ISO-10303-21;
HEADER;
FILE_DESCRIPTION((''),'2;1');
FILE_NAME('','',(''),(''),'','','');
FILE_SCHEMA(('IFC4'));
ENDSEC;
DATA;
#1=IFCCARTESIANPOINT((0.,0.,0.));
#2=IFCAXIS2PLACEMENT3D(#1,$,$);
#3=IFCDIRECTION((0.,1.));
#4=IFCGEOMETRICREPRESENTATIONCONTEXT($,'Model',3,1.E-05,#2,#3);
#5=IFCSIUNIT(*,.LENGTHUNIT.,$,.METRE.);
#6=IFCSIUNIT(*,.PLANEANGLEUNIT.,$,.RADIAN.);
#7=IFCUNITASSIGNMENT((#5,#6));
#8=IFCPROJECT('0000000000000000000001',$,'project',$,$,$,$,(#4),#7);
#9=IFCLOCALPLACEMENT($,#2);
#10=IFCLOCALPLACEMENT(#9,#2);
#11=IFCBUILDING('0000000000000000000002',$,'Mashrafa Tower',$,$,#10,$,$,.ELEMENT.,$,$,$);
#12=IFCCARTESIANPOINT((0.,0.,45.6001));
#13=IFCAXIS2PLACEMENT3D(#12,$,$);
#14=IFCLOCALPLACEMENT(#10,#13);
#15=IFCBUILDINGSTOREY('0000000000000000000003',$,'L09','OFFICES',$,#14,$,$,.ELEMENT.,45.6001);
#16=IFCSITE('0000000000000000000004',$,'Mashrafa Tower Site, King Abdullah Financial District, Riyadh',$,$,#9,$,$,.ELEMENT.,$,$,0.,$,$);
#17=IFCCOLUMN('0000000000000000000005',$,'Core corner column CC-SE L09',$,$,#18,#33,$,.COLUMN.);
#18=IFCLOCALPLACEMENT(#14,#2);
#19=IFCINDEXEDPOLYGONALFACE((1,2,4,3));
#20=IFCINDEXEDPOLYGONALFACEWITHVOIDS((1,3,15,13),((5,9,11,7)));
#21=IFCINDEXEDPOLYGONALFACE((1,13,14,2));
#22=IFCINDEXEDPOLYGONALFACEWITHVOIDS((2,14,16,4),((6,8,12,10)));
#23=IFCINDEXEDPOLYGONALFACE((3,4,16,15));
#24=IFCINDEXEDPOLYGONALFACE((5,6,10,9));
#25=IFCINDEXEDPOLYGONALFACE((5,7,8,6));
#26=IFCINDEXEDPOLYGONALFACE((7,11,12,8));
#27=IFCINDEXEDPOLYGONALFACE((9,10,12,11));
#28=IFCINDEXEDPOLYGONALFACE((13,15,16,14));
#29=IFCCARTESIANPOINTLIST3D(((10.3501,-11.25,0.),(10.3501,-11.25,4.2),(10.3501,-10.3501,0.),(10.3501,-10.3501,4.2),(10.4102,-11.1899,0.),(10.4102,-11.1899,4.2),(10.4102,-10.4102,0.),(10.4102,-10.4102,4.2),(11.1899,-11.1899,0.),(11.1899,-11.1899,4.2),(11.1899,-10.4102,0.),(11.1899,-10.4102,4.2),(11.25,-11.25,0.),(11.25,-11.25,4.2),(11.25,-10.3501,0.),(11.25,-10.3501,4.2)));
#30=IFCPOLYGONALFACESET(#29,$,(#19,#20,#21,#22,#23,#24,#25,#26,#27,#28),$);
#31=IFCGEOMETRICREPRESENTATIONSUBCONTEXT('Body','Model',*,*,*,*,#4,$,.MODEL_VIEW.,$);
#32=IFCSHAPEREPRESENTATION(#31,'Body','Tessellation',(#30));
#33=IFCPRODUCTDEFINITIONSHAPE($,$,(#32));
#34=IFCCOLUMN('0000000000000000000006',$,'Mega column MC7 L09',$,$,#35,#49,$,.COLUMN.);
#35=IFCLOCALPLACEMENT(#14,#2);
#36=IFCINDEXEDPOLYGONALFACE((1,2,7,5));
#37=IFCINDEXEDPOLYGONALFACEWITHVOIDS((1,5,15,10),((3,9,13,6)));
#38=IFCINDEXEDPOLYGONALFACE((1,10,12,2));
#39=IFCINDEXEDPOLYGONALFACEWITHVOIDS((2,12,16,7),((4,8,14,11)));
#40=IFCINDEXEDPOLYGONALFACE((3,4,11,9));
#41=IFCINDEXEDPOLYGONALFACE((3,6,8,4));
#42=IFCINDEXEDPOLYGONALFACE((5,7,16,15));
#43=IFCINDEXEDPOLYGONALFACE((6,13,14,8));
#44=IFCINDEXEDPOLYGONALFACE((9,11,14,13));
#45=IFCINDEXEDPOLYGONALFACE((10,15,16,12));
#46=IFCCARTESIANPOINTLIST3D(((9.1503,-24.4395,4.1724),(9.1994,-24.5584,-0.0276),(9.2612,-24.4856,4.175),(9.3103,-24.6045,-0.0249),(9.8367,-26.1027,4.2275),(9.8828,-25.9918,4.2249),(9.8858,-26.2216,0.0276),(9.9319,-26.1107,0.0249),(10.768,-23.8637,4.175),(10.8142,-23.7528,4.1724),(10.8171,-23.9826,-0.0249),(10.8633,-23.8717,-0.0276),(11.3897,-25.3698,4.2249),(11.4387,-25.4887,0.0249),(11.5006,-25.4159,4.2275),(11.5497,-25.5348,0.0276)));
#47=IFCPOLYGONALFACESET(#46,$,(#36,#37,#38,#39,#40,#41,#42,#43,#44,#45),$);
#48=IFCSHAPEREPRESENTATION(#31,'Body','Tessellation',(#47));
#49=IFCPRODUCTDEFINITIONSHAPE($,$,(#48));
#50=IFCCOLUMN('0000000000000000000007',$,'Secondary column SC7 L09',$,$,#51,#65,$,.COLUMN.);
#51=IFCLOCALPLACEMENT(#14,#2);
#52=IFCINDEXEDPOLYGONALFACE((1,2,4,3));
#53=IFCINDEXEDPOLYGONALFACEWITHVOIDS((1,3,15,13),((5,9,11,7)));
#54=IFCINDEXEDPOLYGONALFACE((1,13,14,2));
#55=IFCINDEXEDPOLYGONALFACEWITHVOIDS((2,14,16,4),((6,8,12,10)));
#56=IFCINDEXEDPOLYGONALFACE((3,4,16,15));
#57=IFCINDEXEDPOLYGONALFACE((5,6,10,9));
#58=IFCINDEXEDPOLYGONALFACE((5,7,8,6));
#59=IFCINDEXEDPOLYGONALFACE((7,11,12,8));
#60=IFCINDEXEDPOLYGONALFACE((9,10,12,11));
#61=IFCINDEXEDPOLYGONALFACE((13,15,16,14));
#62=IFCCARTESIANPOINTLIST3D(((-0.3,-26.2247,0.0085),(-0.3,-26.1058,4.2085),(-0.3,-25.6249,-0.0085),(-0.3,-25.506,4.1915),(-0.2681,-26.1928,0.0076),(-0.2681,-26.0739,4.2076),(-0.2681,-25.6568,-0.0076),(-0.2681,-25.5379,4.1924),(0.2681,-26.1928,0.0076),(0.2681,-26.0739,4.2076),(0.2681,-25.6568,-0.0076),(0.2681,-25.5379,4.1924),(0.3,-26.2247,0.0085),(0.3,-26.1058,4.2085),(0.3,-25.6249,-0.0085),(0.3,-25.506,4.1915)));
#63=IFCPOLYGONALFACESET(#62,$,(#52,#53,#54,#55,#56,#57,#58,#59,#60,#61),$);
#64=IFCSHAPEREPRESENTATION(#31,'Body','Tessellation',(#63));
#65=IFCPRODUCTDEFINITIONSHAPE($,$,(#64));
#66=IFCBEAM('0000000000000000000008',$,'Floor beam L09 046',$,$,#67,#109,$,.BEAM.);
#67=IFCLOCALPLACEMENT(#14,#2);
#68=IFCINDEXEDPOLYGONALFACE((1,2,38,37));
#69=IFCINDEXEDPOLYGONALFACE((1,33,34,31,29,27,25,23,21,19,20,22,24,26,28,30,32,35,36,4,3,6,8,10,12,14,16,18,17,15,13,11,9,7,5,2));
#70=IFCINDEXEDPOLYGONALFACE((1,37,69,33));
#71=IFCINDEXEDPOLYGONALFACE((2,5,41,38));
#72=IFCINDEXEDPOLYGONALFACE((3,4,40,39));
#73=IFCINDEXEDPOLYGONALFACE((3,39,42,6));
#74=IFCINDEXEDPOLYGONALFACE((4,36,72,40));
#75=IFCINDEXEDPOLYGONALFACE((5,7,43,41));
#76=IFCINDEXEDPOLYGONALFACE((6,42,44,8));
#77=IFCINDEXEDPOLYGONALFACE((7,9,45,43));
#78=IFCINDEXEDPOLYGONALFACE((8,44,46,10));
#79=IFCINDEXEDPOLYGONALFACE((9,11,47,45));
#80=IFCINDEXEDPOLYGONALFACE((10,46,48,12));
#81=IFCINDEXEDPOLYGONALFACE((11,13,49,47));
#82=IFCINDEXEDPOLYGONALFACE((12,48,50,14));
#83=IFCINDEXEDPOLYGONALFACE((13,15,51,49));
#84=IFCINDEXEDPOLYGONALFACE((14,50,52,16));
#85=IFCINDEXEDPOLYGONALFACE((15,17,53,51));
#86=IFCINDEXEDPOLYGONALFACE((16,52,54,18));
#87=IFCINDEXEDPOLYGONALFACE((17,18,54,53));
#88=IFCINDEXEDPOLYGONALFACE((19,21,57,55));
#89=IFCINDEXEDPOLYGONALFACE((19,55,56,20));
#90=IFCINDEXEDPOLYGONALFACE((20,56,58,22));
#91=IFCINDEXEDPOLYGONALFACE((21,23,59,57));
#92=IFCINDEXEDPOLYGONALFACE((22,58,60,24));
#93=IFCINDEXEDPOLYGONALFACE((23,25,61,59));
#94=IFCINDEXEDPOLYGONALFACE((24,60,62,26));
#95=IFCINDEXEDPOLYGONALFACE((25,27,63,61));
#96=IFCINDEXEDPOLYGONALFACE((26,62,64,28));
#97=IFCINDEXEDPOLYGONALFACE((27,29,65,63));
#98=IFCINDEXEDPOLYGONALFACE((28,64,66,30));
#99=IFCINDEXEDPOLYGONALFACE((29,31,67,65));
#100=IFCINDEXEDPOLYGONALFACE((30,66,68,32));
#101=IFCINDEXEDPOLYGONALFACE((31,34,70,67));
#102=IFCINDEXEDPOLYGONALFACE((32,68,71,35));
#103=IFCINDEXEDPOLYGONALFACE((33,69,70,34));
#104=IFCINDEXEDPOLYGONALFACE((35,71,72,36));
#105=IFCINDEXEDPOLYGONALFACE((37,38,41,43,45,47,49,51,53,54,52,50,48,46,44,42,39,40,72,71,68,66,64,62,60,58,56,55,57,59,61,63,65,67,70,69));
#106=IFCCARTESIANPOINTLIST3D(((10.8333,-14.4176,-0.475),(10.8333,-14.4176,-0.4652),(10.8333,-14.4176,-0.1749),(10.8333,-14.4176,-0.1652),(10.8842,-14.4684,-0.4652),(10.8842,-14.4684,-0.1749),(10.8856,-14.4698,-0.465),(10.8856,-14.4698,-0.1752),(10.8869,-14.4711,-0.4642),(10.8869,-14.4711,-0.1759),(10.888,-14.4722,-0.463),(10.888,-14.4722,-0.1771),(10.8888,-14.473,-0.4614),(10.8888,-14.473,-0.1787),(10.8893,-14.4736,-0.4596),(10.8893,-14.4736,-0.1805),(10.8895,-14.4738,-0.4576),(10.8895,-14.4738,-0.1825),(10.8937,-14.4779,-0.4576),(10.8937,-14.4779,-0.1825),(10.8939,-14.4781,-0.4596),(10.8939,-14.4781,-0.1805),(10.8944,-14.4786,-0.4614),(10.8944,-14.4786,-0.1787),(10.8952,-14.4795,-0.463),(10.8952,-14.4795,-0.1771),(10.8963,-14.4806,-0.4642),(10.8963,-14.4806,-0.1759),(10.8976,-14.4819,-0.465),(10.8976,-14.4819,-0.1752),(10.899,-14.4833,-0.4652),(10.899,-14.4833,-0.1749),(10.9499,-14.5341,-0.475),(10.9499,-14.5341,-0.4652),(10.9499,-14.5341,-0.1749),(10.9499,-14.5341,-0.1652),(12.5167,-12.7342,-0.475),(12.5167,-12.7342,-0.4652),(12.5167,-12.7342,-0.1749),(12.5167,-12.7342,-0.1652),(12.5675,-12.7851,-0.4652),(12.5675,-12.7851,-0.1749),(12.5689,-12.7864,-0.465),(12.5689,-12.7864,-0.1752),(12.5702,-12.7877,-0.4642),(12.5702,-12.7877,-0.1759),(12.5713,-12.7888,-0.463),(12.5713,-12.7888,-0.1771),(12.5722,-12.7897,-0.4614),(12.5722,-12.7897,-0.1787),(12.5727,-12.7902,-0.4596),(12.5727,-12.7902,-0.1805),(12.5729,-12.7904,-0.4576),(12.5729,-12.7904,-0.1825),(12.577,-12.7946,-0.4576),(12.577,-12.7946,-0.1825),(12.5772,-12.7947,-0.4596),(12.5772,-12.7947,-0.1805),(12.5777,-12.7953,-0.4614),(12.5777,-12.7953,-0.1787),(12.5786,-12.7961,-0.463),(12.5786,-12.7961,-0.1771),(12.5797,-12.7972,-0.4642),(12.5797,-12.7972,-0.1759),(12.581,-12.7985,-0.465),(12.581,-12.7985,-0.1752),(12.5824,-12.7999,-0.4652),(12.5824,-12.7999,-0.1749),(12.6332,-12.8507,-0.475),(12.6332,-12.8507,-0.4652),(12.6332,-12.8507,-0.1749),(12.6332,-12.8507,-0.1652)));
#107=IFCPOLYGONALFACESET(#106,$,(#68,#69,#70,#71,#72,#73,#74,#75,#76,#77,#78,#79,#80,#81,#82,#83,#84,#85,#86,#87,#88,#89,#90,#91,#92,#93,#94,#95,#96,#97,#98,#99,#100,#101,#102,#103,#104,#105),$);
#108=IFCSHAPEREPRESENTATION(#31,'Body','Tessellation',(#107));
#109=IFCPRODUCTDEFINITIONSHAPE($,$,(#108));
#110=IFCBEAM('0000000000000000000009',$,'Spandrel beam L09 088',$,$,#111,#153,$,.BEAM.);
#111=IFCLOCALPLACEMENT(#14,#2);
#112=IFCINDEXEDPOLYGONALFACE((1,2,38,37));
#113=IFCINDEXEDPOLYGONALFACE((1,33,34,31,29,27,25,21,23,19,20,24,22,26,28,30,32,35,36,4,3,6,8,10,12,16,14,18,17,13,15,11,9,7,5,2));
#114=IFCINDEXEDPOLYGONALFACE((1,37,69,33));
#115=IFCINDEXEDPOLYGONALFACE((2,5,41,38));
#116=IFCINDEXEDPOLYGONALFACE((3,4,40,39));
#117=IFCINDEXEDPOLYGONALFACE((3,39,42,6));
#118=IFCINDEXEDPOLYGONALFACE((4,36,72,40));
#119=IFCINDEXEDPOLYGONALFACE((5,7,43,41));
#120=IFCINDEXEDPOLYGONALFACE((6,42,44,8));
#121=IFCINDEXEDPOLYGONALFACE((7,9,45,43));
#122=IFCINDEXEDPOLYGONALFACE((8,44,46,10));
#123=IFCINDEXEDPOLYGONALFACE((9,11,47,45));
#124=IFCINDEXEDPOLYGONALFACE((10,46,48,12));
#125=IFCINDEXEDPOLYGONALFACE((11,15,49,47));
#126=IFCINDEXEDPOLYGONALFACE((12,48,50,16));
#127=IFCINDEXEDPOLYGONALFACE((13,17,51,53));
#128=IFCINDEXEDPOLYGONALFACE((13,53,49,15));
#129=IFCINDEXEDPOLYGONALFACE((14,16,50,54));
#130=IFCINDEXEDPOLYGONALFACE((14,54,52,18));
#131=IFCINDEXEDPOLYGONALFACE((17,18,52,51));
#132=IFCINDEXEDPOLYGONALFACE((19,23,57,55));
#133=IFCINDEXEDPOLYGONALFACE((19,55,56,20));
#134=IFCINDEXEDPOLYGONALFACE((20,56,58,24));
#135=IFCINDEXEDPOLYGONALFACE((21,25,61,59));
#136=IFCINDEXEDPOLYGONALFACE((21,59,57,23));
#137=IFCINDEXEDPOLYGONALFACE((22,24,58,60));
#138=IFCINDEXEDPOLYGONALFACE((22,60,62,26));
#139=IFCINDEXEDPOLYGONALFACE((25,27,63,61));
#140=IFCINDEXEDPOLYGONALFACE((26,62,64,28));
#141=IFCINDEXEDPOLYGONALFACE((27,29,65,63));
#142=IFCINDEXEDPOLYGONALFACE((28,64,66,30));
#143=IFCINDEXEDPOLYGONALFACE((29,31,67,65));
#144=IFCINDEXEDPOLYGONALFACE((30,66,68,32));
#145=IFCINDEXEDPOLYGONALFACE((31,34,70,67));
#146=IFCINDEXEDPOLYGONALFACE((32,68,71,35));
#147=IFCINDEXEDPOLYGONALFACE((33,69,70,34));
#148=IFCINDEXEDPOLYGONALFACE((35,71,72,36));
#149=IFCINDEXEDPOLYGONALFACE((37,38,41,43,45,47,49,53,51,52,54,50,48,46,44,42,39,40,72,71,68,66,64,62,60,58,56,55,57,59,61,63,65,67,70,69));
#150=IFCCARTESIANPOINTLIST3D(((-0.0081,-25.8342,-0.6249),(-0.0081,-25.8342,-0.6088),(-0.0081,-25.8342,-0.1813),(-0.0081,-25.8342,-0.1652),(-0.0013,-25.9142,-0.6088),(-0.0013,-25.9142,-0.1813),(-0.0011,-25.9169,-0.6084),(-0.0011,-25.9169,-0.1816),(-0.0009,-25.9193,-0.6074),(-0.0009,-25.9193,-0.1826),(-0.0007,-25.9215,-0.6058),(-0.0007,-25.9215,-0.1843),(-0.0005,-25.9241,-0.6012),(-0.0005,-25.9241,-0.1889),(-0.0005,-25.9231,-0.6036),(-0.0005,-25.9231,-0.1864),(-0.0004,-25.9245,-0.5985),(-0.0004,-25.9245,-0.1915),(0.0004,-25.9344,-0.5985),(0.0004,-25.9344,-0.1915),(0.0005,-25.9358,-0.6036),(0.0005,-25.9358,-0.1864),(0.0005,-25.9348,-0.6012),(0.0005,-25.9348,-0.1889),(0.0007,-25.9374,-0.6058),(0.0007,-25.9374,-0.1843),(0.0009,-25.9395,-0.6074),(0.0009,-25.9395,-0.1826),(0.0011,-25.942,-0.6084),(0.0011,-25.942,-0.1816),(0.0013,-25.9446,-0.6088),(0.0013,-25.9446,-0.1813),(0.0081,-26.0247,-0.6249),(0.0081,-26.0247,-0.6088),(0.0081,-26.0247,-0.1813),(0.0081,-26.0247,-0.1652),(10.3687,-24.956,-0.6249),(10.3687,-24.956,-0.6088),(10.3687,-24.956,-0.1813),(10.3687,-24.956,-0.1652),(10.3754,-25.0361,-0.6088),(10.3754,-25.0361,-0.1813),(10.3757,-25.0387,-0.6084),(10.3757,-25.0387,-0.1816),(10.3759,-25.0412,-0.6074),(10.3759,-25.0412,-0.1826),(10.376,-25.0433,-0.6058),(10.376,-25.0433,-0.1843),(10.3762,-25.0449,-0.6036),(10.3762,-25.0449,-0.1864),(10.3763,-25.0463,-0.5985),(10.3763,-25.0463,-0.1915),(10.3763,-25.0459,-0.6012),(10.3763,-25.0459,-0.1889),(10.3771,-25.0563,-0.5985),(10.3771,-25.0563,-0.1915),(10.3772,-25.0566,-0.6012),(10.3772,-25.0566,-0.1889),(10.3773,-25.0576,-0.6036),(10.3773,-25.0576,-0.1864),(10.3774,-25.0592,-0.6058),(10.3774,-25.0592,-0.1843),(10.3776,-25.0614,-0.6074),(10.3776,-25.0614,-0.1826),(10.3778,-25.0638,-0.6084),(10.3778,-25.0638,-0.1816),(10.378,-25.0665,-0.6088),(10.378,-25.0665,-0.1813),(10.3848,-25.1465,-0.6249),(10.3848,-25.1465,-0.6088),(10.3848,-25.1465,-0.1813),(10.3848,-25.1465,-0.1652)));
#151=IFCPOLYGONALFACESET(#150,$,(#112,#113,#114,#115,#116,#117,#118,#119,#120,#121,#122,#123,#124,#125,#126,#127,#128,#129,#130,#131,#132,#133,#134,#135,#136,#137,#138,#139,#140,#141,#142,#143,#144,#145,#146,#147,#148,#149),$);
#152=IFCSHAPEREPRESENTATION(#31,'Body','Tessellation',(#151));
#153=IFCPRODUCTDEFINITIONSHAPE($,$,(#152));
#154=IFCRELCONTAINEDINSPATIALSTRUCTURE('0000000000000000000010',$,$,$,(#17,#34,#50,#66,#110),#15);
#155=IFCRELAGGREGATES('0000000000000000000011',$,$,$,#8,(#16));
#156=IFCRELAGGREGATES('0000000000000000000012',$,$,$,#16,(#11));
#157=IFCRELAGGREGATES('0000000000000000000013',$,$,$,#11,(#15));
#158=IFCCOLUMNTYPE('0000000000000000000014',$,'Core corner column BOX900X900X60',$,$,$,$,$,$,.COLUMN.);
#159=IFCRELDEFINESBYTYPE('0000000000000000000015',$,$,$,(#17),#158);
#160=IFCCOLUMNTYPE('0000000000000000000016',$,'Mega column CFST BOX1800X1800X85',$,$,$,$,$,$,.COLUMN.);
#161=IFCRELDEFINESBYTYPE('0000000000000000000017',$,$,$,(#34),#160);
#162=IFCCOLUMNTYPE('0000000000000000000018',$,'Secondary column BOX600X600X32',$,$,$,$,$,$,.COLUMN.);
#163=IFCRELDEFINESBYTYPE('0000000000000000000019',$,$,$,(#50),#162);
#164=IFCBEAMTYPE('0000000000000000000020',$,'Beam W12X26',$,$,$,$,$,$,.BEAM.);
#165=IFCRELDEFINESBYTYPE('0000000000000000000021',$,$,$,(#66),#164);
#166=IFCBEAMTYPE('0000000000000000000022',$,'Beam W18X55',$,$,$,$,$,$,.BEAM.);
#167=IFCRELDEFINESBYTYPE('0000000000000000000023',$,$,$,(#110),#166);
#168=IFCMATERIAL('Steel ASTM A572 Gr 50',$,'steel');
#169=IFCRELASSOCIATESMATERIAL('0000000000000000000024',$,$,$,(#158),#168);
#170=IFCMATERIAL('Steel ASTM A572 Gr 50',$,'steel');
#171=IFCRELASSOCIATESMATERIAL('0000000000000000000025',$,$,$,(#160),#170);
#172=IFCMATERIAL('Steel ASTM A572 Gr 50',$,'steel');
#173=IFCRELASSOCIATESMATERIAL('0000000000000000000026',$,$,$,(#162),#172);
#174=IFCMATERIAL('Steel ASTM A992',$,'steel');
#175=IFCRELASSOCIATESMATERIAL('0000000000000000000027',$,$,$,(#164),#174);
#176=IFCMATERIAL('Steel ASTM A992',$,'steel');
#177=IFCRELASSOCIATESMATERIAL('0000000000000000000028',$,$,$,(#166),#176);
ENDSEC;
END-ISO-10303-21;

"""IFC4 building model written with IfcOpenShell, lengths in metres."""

from ifc_helpers import new_model, si_unit, direction, frame, origin, origin_2d, place, context, subcontext, project, spatial, hollow_rectangle, i_section, extrude, material, material_profile, profile_set, type_object, element, save


model = new_model("IFC4")

# Units and contexts
model_context = context("Model", 3, precision=1e-05, world=origin(), true_north=direction((0.0, 1.0)))
body_context = subcontext(model_context, "Body", "Model", "MODEL_VIEW")
ifc_project = project(units=[si_unit("LENGTHUNIT", "METRE"), si_unit("PLANEANGLEUNIT", "RADIAN")], contexts=[model_context])

# Site, building, storey
site_placement = place(None, origin())
site = spatial("IfcSite", under=ifc_project, at=site_placement, Name="Mashrafa Tower Site, King Abdullah Financial District, Riyadh", CompositionType="ELEMENT", RefElevation=0.0)
building_placement = place(site_placement, origin())
building = spatial("IfcBuilding", under=site, at=building_placement, Name="Mashrafa Tower", CompositionType="ELEMENT")
storey_placement = place(building_placement, frame((0.0, 0.0, 45.6001)))
storey = spatial("IfcBuildingStorey", under=building, at=storey_placement, Name="L09", Description="OFFICES", CompositionType="ELEMENT", Elevation=45.6001)

# Columns
ifc_material_1 = material(Name="Steel ASTM A572 Gr 50", Category="steel")
ifc_material_profile_1 = material_profile(ifc_material_1, hollow_rectangle(XDim=0.8999, YDim=0.8999, WallThickness=0.0601, at=origin_2d()), Name="BOX900X900X60")
ifc_profile_set_1 = profile_set([ifc_material_profile_1], Name="Steel ASTM A572 Gr 50")
column_type_1 = type_object("IfcColumnType", Name="Core corner column BOX900X900X60", PredefinedType="COLUMN", material=ifc_profile_set_1)
column_1_placement = place(storey_placement, frame((10.8, -10.8, 0.0), z_axis=(0.0, 0.0, 1.0), x_axis=(1.0, 0.0, 0.0)))
element("IfcColumn", 1, at=column_1_placement, inside=storey, type_object=column_type_1, Name="Core corner column CC-SE L09", PredefinedType="COLUMN", context=body_context, shape_type="SweptSolid", body=[
    extrude(hollow_rectangle(XDim=0.8999, YDim=0.8999, WallThickness=0.0601, at=origin_2d()), origin(), (0.0, 0.0, 1.0), 4.2),
])
ifc_material_2 = material(Name="Steel ASTM A572 Gr 50", Category="steel")
ifc_material_profile_2 = material_profile(ifc_material_2, hollow_rectangle(XDim=1.8, YDim=1.8, WallThickness=0.085, at=origin_2d()), Name="BOX1800X1800X85")
ifc_profile_set_2 = profile_set([ifc_material_profile_2], Name="Steel ASTM A572 Gr 50")
column_type_2 = type_object("IfcColumnType", Name="Mega column CFST BOX1800X1800X85", PredefinedType="COLUMN", material=ifc_profile_set_2)
column_2_placement = place(storey_placement, frame((10.3745, -25.0466, 0.0), z_axis=(-0.011679, 0.028296, 0.999531), x_axis=(-0.924363, -0.381513, 0.0)))
element("IfcColumn", 2, at=column_2_placement, inside=storey, type_object=column_type_2, Name="Mega column MC7 L09", PredefinedType="COLUMN", context=body_context, shape_type="SweptSolid", body=[
    extrude(hollow_rectangle(XDim=1.8, YDim=1.8, WallThickness=0.085, at=origin_2d()), origin(), (0.0, 0.0, 1.0), 4.2019),
])
ifc_material_3 = material(Name="Steel ASTM A572 Gr 50", Category="steel")
ifc_material_profile_3 = material_profile(ifc_material_3, hollow_rectangle(XDim=0.6001, YDim=0.6001, WallThickness=0.032, at=origin_2d()), Name="BOX600X600X32")
ifc_profile_set_3 = profile_set([ifc_material_profile_3], Name="Steel ASTM A572 Gr 50")
column_type_3 = type_object("IfcColumnType", Name="Secondary column BOX600X600X32", PredefinedType="COLUMN", material=ifc_profile_set_3)
column_3_placement = place(storey_placement, frame((0.0, -25.9248, 0.0), z_axis=(0.0, 0.028298, 0.9996), x_axis=(-1.0, 0.0, 0.0)))
element("IfcColumn", 3, at=column_3_placement, inside=storey, type_object=column_type_3, Name="Secondary column SC7 L09", PredefinedType="COLUMN", context=body_context, shape_type="SweptSolid", body=[
    extrude(hollow_rectangle(XDim=0.6001, YDim=0.6001, WallThickness=0.032, at=origin_2d()), origin(), (0.0, 0.0, 1.0), 4.2017),
])

# Beams
ifc_material_4 = material(Name="Steel ASTM A992", Category="steel")
ifc_material_profile_4 = material_profile(ifc_material_4, i_section(OverallWidth=0.1648, OverallDepth=0.3098, WebThickness=0.0059, FlangeThickness=0.0098, FilletRadius=0.0076, at=origin_2d()), Name="W12X26")
ifc_profile_set_4 = profile_set([ifc_material_profile_4], Name="Steel ASTM A992")
beam_type_1 = type_object("IfcBeamType", Name="Beam W12X26", PredefinedType="BEAM", material=ifc_profile_set_4)
beam_1_placement = place(storey_placement, frame((12.575, -12.7925, -0.3201), z_axis=(-0.707107, -0.707107, 0.0), x_axis=(0.707107, -0.707107, 0.0)))
element("IfcBeam", 4, at=beam_1_placement, inside=storey, type_object=beam_type_1, Name="Floor beam L09 046", PredefinedType="BEAM", context=body_context, shape_type="SweptSolid", body=[
    extrude(i_section(OverallWidth=0.1648, OverallDepth=0.3098, WebThickness=0.0059, FlangeThickness=0.0098, FilletRadius=0.0076, at=origin_2d()), origin(), (0.0, 0.0, 1.0), 2.3806),
])
ifc_material_5 = material(Name="Steel ASTM A992", Category="steel")
ifc_material_profile_5 = material_profile(ifc_material_5, i_section(OverallWidth=0.1912, OverallDepth=0.4597, WebThickness=0.01, FlangeThickness=0.0161, FilletRadius=0.0103, at=origin_2d()), Name="W18X55")
ifc_profile_set_5 = profile_set([ifc_material_profile_5], Name="Steel ASTM A992")
beam_type_2 = type_object("IfcBeamType", Name="Beam W18X55", PredefinedType="BEAM", material=ifc_profile_set_5)
beam_2_placement = place(storey_placement, frame((0.0, -25.9294, -0.395), z_axis=(0.996438, 0.084328, 0.0), x_axis=(-0.084328, 0.996438, 0.0)))
element("IfcBeam", 5, at=beam_2_placement, inside=storey, type_object=beam_type_2, Name="Spandrel beam L09 088", PredefinedType="BEAM", context=body_context, shape_type="SweptSolid", body=[
    extrude(i_section(OverallWidth=0.1912, OverallDepth=0.4597, WebThickness=0.01, FlangeThickness=0.0161, FilletRadius=0.0103, at=origin_2d()), origin(), (0.0, 0.0, 1.0), 10.4138),
])

save(model, "model.ifc")
